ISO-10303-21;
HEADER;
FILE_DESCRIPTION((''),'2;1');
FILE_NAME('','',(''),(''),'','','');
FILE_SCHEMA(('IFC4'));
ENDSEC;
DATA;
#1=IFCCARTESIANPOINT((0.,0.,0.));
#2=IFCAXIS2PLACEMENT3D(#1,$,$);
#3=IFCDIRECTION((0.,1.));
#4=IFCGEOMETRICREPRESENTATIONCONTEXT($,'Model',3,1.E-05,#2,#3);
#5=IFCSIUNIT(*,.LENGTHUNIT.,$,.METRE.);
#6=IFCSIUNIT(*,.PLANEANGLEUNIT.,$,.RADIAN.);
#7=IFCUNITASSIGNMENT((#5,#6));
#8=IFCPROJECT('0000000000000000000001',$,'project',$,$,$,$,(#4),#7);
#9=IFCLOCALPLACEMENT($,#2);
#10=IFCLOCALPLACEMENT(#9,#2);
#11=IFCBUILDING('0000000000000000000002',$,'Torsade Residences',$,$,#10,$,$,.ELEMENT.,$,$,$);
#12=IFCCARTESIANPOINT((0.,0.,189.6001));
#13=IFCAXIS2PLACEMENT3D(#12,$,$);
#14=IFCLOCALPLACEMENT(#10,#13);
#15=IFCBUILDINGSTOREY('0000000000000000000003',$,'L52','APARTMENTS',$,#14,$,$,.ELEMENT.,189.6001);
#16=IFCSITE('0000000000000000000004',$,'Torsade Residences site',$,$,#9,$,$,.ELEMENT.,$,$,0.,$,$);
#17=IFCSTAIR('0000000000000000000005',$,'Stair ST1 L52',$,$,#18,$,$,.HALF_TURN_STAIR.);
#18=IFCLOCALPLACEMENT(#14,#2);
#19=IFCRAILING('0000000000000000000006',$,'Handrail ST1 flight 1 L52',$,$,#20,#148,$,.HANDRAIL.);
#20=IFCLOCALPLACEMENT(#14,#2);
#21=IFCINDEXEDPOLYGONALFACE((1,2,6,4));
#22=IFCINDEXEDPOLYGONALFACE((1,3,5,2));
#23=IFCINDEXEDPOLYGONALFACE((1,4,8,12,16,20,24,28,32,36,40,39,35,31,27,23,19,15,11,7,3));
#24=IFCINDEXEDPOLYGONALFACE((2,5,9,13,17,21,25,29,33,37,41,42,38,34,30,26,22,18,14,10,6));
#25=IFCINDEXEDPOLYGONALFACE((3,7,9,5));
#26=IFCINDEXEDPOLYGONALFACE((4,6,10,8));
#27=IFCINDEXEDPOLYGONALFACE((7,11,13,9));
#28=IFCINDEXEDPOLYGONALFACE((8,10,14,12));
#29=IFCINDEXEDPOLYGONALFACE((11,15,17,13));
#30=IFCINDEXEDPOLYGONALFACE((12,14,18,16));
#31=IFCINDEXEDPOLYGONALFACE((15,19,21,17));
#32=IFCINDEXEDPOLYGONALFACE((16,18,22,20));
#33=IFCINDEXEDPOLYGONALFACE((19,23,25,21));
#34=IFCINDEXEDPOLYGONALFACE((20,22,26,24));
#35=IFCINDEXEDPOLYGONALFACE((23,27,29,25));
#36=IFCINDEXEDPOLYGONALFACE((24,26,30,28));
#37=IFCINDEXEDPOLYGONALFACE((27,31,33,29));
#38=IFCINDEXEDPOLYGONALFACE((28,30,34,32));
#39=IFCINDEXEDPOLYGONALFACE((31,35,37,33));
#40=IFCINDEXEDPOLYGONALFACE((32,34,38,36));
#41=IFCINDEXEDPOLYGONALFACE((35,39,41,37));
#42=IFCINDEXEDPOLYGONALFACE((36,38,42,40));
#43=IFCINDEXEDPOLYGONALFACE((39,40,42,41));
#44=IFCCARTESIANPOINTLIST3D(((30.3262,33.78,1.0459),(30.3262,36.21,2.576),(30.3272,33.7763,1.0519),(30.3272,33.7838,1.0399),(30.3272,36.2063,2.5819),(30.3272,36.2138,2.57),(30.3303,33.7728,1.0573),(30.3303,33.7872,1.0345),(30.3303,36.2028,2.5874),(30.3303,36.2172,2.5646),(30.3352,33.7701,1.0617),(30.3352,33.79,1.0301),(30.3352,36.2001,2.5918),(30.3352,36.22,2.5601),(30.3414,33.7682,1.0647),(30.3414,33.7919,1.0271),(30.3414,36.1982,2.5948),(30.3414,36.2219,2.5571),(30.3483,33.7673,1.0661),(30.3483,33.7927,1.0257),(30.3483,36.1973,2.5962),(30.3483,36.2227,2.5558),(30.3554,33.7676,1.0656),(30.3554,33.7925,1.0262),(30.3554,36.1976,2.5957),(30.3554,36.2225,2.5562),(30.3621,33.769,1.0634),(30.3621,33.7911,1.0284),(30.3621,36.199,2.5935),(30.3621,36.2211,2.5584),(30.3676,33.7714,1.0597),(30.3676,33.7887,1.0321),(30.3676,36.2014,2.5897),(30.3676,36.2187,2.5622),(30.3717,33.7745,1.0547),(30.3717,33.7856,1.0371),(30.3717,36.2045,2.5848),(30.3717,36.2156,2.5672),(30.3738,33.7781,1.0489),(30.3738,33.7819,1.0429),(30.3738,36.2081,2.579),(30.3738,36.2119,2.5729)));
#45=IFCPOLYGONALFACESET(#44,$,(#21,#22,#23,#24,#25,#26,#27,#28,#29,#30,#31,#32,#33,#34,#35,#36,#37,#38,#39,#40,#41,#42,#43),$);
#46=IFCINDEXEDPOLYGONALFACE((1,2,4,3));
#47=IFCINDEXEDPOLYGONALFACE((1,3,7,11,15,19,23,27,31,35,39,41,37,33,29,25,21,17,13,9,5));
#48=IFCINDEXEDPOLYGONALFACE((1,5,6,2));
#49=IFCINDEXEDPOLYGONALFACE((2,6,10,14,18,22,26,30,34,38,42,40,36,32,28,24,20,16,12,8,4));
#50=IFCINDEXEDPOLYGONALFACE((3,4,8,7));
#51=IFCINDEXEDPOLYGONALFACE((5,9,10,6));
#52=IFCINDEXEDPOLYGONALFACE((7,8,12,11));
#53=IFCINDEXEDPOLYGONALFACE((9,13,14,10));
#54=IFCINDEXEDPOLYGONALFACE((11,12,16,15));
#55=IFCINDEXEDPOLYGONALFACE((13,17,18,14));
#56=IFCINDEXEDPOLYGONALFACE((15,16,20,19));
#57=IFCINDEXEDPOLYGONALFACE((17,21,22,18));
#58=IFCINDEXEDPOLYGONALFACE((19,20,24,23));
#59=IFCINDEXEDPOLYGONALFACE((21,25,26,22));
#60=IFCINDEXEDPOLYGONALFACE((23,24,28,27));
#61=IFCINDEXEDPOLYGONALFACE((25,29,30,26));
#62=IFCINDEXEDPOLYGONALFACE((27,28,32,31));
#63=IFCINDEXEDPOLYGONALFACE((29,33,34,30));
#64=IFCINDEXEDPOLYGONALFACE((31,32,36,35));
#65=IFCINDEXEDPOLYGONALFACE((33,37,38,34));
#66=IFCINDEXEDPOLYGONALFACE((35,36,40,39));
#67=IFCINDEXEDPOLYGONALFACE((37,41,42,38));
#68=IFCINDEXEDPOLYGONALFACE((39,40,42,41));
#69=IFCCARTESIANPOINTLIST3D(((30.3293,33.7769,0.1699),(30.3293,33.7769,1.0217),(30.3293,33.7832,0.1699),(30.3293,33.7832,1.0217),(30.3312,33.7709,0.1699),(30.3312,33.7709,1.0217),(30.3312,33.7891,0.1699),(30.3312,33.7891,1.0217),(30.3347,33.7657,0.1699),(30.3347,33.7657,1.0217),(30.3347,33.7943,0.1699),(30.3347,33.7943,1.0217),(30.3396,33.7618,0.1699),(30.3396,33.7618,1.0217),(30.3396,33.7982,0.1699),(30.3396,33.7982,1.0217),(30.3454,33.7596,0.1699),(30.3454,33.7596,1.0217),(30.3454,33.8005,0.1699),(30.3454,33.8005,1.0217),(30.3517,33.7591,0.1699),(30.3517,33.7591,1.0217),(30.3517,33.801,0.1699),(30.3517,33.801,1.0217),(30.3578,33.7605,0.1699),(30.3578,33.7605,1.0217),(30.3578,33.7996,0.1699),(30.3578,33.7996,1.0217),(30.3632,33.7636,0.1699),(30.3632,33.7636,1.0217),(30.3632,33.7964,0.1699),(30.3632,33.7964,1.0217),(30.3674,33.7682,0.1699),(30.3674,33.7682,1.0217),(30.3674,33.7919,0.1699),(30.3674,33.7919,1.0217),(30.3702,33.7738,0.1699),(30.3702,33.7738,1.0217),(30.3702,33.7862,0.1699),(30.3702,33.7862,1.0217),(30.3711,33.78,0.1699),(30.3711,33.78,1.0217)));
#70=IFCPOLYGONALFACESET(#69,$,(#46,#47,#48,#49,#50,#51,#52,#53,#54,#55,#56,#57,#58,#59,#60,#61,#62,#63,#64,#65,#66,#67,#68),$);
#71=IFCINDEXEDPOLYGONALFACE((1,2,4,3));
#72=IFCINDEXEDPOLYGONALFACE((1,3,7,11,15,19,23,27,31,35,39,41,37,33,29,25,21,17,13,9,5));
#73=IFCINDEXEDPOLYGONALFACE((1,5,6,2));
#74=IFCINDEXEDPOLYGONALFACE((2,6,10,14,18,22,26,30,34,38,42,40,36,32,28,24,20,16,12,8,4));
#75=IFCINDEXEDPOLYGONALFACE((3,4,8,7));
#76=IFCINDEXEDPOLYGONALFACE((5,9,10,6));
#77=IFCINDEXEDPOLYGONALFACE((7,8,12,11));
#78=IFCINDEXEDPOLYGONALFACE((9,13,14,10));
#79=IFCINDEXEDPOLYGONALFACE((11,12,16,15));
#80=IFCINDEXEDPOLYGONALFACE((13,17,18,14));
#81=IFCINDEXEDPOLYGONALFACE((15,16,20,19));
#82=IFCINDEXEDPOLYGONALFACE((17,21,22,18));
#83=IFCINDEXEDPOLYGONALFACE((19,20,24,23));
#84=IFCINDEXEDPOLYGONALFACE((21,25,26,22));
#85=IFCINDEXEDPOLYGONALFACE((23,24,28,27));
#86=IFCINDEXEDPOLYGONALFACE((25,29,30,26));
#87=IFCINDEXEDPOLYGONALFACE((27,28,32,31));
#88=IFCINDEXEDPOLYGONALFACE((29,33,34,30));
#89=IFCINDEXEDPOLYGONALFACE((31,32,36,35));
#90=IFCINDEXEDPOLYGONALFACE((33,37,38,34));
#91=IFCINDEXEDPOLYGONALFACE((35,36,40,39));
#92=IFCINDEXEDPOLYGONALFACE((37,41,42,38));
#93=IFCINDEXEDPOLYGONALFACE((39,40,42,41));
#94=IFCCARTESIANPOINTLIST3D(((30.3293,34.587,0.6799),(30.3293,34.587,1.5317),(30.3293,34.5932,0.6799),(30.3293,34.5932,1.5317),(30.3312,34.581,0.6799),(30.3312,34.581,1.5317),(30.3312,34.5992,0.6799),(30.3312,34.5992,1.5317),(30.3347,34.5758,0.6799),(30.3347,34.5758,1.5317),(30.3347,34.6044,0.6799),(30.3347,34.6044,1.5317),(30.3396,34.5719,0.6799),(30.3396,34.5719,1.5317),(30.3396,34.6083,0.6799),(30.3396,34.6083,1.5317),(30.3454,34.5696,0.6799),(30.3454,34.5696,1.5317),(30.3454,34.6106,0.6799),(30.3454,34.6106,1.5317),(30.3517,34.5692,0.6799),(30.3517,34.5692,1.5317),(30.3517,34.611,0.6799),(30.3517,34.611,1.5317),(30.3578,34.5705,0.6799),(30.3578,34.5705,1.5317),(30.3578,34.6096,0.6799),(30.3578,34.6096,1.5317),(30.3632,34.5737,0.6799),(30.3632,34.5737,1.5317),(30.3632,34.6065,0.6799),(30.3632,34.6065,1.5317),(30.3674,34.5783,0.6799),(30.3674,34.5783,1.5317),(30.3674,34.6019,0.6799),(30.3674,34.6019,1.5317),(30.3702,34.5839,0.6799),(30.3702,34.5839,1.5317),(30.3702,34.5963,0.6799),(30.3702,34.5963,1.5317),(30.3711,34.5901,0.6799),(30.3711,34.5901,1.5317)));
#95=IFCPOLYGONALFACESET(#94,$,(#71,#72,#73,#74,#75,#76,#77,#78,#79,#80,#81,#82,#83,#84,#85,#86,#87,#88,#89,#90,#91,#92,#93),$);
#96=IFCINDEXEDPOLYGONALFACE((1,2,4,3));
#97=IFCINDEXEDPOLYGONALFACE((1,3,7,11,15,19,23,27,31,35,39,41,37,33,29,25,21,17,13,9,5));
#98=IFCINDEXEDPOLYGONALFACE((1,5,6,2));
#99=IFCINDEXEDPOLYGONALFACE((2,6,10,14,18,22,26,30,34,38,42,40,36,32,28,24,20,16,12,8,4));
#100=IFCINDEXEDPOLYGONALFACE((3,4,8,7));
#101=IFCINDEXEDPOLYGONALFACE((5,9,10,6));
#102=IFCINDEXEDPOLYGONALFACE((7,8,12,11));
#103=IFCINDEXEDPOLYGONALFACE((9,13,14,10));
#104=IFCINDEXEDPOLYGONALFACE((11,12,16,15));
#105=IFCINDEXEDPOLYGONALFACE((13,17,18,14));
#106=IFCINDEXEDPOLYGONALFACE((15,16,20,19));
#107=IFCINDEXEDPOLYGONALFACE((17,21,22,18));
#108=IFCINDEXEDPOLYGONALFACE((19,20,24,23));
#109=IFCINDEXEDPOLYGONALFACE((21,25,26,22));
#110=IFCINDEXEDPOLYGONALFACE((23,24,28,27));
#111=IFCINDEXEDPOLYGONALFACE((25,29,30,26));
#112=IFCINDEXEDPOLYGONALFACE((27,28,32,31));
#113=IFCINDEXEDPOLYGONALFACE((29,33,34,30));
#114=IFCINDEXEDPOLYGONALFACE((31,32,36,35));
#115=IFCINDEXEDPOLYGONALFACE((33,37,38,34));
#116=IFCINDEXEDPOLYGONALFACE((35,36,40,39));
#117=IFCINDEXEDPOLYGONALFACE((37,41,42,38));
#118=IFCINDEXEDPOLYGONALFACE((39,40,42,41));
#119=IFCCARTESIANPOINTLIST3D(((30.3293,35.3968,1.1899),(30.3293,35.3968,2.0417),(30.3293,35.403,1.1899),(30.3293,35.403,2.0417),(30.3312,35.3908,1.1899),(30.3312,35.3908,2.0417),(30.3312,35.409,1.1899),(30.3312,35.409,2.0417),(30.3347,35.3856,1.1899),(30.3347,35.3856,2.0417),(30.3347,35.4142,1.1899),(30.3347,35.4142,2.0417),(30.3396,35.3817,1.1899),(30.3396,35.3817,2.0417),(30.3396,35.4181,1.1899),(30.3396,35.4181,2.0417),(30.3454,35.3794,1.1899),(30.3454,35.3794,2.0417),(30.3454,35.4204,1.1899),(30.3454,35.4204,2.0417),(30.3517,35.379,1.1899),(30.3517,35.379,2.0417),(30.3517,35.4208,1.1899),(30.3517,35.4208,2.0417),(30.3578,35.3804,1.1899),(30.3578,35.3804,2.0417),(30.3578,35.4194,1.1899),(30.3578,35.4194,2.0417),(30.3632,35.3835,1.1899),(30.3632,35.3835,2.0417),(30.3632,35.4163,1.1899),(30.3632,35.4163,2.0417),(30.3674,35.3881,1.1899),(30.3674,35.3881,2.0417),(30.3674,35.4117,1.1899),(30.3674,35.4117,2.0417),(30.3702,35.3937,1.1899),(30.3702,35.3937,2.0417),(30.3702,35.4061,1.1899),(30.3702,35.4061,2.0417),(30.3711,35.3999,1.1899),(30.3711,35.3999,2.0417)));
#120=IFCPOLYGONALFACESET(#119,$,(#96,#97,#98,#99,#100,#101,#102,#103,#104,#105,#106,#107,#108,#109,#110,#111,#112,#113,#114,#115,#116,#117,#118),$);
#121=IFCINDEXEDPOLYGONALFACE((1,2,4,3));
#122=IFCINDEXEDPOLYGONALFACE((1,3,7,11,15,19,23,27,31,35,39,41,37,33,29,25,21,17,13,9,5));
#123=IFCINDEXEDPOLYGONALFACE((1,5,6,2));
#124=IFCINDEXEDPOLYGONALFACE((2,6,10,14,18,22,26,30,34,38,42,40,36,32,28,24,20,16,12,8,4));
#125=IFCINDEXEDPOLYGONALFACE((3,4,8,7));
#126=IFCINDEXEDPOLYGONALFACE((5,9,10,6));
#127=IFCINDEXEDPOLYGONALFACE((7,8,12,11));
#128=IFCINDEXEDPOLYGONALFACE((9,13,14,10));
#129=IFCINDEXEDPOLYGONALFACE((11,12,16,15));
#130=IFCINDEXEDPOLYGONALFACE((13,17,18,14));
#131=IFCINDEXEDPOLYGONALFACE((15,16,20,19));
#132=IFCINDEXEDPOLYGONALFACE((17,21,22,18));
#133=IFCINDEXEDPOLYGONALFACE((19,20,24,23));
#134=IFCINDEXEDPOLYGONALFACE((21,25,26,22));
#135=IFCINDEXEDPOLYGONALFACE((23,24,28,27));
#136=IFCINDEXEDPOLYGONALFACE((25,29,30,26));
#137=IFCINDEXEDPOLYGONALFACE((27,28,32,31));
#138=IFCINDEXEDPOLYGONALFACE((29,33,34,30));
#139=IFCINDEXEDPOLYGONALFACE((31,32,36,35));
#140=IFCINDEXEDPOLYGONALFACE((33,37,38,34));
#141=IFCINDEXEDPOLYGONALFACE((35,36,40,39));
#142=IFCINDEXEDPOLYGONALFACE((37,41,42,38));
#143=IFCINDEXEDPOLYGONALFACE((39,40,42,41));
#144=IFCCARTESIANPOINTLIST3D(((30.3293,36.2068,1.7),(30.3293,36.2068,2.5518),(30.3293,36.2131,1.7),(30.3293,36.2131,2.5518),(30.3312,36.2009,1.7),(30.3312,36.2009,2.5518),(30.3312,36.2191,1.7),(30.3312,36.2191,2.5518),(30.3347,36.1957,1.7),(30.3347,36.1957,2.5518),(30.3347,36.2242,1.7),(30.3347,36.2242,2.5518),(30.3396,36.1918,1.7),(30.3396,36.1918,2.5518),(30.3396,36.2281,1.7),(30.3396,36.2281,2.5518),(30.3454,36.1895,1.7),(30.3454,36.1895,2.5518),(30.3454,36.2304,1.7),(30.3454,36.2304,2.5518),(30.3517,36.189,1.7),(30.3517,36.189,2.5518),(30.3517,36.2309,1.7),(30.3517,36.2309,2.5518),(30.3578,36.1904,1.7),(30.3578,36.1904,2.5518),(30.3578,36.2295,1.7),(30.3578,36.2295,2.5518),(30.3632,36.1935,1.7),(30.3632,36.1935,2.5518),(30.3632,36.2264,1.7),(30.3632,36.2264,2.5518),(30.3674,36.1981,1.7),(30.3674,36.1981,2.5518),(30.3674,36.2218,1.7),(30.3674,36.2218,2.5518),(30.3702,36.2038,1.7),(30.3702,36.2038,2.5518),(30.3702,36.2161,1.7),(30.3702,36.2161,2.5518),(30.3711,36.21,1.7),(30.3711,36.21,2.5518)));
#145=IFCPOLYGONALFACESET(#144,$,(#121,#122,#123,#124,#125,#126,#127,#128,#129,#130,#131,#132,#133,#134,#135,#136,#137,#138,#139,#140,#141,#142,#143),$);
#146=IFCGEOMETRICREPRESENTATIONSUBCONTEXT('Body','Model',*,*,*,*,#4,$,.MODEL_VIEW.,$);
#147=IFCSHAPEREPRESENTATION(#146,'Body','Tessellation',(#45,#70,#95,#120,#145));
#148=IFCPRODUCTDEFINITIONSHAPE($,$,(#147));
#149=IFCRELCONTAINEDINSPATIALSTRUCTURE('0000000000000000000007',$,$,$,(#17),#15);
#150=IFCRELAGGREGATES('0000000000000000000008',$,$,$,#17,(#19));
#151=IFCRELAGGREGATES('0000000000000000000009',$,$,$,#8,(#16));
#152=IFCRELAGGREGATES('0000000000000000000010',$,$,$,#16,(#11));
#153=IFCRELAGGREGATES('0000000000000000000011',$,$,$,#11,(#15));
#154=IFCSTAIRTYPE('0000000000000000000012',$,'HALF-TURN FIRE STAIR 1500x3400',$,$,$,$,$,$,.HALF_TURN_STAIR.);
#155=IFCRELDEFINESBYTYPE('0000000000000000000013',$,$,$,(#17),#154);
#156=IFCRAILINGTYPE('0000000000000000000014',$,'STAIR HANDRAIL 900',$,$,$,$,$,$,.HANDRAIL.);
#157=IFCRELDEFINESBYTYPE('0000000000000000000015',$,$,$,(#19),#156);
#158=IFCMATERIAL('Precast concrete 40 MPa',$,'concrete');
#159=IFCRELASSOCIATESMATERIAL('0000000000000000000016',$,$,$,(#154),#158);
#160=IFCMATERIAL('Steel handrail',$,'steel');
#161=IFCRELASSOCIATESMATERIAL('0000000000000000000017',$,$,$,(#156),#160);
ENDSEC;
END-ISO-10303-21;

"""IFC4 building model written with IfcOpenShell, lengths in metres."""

from ifc_helpers import new_model, si_unit, direction, frame, origin, origin_2d, place, context, subcontext, project, spatial, circle, extrude, material, type_object, element, aggregate, save


model = new_model("IFC4")

# Units and contexts
model_context = context("Model", 3, precision=1e-05, world=origin(), true_north=direction((0.0, 1.0)))
body_context = subcontext(model_context, "Body", "Model", "MODEL_VIEW")
ifc_project = project(units=[si_unit("LENGTHUNIT", "METRE"), si_unit("PLANEANGLEUNIT", "RADIAN")], contexts=[model_context])

# Site, building, storey
site_placement = place(None, origin())
site = spatial("IfcSite", under=ifc_project, at=site_placement, Name="Torsade Residences site", CompositionType="ELEMENT", RefElevation=0.0)
building_placement = place(site_placement, origin())
building = spatial("IfcBuilding", under=site, at=building_placement, Name="Torsade Residences", CompositionType="ELEMENT")
storey_placement = place(building_placement, frame((0.0, 0.0, 189.6001)))
storey = spatial("IfcBuildingStorey", under=building, at=storey_placement, Name="L52", Description="APARTMENTS", CompositionType="ELEMENT", Elevation=189.6001)

# Stair, railing
ifc_material_1 = material(Name="Precast concrete 40 MPa", Category="concrete")
stair_type = type_object("IfcStairType", Name="HALF-TURN FIRE STAIR 1500x3400", PredefinedType="HALF_TURN_STAIR", material=ifc_material_1)
stair_placement = place(storey_placement, origin())
stair = element("IfcStair", 1, at=stair_placement, inside=storey, type_object=stair_type, Name="Stair ST1 L52", PredefinedType="HALF_TURN_STAIR")
ifc_material_2 = material(Name="Steel handrail", Category="steel")
railing_type = type_object("IfcRailingType", Name="STAIR HANDRAIL 900", PredefinedType="HANDRAIL", material=ifc_material_2)
railing_1_placement = place(storey_placement, frame((30.3501, 33.78, 0.1699)))
railing_1 = element("IfcRailing", 2, at=railing_1_placement, type_object=railing_type, Name="Handrail ST1 flight 1 L52", PredefinedType="HANDRAIL", context=body_context, shape_type="SweptSolid", body=[
    extrude(circle(Radius=0.0239, at=origin_2d()), frame((0.0, 0.0, 0.876), z_axis=(0.0, 0.846221, 0.532831), x_axis=(-1.0, 0.0, 0.0)), (0.0, 0.0, 1.0), 2.8716),
    extrude(circle(Radius=0.021, at=origin_2d()), origin(), (0.0, 0.0, 1.0), 0.8518),
    extrude(circle(Radius=0.021, at=origin_2d()), frame((0.0, 0.8101, 0.51)), (0.0, 0.0, 1.0), 0.8518),
    extrude(circle(Radius=0.021, at=origin_2d()), frame((0.0, 1.6199, 1.02)), (0.0, 0.0, 1.0), 0.8518),
    extrude(circle(Radius=0.021, at=origin_2d()), frame((0.0, 2.4299, 1.53)), (0.0, 0.0, 1.0), 0.8518),
])
aggregate(stair, [railing_1])

save(model, "model.ifc")
